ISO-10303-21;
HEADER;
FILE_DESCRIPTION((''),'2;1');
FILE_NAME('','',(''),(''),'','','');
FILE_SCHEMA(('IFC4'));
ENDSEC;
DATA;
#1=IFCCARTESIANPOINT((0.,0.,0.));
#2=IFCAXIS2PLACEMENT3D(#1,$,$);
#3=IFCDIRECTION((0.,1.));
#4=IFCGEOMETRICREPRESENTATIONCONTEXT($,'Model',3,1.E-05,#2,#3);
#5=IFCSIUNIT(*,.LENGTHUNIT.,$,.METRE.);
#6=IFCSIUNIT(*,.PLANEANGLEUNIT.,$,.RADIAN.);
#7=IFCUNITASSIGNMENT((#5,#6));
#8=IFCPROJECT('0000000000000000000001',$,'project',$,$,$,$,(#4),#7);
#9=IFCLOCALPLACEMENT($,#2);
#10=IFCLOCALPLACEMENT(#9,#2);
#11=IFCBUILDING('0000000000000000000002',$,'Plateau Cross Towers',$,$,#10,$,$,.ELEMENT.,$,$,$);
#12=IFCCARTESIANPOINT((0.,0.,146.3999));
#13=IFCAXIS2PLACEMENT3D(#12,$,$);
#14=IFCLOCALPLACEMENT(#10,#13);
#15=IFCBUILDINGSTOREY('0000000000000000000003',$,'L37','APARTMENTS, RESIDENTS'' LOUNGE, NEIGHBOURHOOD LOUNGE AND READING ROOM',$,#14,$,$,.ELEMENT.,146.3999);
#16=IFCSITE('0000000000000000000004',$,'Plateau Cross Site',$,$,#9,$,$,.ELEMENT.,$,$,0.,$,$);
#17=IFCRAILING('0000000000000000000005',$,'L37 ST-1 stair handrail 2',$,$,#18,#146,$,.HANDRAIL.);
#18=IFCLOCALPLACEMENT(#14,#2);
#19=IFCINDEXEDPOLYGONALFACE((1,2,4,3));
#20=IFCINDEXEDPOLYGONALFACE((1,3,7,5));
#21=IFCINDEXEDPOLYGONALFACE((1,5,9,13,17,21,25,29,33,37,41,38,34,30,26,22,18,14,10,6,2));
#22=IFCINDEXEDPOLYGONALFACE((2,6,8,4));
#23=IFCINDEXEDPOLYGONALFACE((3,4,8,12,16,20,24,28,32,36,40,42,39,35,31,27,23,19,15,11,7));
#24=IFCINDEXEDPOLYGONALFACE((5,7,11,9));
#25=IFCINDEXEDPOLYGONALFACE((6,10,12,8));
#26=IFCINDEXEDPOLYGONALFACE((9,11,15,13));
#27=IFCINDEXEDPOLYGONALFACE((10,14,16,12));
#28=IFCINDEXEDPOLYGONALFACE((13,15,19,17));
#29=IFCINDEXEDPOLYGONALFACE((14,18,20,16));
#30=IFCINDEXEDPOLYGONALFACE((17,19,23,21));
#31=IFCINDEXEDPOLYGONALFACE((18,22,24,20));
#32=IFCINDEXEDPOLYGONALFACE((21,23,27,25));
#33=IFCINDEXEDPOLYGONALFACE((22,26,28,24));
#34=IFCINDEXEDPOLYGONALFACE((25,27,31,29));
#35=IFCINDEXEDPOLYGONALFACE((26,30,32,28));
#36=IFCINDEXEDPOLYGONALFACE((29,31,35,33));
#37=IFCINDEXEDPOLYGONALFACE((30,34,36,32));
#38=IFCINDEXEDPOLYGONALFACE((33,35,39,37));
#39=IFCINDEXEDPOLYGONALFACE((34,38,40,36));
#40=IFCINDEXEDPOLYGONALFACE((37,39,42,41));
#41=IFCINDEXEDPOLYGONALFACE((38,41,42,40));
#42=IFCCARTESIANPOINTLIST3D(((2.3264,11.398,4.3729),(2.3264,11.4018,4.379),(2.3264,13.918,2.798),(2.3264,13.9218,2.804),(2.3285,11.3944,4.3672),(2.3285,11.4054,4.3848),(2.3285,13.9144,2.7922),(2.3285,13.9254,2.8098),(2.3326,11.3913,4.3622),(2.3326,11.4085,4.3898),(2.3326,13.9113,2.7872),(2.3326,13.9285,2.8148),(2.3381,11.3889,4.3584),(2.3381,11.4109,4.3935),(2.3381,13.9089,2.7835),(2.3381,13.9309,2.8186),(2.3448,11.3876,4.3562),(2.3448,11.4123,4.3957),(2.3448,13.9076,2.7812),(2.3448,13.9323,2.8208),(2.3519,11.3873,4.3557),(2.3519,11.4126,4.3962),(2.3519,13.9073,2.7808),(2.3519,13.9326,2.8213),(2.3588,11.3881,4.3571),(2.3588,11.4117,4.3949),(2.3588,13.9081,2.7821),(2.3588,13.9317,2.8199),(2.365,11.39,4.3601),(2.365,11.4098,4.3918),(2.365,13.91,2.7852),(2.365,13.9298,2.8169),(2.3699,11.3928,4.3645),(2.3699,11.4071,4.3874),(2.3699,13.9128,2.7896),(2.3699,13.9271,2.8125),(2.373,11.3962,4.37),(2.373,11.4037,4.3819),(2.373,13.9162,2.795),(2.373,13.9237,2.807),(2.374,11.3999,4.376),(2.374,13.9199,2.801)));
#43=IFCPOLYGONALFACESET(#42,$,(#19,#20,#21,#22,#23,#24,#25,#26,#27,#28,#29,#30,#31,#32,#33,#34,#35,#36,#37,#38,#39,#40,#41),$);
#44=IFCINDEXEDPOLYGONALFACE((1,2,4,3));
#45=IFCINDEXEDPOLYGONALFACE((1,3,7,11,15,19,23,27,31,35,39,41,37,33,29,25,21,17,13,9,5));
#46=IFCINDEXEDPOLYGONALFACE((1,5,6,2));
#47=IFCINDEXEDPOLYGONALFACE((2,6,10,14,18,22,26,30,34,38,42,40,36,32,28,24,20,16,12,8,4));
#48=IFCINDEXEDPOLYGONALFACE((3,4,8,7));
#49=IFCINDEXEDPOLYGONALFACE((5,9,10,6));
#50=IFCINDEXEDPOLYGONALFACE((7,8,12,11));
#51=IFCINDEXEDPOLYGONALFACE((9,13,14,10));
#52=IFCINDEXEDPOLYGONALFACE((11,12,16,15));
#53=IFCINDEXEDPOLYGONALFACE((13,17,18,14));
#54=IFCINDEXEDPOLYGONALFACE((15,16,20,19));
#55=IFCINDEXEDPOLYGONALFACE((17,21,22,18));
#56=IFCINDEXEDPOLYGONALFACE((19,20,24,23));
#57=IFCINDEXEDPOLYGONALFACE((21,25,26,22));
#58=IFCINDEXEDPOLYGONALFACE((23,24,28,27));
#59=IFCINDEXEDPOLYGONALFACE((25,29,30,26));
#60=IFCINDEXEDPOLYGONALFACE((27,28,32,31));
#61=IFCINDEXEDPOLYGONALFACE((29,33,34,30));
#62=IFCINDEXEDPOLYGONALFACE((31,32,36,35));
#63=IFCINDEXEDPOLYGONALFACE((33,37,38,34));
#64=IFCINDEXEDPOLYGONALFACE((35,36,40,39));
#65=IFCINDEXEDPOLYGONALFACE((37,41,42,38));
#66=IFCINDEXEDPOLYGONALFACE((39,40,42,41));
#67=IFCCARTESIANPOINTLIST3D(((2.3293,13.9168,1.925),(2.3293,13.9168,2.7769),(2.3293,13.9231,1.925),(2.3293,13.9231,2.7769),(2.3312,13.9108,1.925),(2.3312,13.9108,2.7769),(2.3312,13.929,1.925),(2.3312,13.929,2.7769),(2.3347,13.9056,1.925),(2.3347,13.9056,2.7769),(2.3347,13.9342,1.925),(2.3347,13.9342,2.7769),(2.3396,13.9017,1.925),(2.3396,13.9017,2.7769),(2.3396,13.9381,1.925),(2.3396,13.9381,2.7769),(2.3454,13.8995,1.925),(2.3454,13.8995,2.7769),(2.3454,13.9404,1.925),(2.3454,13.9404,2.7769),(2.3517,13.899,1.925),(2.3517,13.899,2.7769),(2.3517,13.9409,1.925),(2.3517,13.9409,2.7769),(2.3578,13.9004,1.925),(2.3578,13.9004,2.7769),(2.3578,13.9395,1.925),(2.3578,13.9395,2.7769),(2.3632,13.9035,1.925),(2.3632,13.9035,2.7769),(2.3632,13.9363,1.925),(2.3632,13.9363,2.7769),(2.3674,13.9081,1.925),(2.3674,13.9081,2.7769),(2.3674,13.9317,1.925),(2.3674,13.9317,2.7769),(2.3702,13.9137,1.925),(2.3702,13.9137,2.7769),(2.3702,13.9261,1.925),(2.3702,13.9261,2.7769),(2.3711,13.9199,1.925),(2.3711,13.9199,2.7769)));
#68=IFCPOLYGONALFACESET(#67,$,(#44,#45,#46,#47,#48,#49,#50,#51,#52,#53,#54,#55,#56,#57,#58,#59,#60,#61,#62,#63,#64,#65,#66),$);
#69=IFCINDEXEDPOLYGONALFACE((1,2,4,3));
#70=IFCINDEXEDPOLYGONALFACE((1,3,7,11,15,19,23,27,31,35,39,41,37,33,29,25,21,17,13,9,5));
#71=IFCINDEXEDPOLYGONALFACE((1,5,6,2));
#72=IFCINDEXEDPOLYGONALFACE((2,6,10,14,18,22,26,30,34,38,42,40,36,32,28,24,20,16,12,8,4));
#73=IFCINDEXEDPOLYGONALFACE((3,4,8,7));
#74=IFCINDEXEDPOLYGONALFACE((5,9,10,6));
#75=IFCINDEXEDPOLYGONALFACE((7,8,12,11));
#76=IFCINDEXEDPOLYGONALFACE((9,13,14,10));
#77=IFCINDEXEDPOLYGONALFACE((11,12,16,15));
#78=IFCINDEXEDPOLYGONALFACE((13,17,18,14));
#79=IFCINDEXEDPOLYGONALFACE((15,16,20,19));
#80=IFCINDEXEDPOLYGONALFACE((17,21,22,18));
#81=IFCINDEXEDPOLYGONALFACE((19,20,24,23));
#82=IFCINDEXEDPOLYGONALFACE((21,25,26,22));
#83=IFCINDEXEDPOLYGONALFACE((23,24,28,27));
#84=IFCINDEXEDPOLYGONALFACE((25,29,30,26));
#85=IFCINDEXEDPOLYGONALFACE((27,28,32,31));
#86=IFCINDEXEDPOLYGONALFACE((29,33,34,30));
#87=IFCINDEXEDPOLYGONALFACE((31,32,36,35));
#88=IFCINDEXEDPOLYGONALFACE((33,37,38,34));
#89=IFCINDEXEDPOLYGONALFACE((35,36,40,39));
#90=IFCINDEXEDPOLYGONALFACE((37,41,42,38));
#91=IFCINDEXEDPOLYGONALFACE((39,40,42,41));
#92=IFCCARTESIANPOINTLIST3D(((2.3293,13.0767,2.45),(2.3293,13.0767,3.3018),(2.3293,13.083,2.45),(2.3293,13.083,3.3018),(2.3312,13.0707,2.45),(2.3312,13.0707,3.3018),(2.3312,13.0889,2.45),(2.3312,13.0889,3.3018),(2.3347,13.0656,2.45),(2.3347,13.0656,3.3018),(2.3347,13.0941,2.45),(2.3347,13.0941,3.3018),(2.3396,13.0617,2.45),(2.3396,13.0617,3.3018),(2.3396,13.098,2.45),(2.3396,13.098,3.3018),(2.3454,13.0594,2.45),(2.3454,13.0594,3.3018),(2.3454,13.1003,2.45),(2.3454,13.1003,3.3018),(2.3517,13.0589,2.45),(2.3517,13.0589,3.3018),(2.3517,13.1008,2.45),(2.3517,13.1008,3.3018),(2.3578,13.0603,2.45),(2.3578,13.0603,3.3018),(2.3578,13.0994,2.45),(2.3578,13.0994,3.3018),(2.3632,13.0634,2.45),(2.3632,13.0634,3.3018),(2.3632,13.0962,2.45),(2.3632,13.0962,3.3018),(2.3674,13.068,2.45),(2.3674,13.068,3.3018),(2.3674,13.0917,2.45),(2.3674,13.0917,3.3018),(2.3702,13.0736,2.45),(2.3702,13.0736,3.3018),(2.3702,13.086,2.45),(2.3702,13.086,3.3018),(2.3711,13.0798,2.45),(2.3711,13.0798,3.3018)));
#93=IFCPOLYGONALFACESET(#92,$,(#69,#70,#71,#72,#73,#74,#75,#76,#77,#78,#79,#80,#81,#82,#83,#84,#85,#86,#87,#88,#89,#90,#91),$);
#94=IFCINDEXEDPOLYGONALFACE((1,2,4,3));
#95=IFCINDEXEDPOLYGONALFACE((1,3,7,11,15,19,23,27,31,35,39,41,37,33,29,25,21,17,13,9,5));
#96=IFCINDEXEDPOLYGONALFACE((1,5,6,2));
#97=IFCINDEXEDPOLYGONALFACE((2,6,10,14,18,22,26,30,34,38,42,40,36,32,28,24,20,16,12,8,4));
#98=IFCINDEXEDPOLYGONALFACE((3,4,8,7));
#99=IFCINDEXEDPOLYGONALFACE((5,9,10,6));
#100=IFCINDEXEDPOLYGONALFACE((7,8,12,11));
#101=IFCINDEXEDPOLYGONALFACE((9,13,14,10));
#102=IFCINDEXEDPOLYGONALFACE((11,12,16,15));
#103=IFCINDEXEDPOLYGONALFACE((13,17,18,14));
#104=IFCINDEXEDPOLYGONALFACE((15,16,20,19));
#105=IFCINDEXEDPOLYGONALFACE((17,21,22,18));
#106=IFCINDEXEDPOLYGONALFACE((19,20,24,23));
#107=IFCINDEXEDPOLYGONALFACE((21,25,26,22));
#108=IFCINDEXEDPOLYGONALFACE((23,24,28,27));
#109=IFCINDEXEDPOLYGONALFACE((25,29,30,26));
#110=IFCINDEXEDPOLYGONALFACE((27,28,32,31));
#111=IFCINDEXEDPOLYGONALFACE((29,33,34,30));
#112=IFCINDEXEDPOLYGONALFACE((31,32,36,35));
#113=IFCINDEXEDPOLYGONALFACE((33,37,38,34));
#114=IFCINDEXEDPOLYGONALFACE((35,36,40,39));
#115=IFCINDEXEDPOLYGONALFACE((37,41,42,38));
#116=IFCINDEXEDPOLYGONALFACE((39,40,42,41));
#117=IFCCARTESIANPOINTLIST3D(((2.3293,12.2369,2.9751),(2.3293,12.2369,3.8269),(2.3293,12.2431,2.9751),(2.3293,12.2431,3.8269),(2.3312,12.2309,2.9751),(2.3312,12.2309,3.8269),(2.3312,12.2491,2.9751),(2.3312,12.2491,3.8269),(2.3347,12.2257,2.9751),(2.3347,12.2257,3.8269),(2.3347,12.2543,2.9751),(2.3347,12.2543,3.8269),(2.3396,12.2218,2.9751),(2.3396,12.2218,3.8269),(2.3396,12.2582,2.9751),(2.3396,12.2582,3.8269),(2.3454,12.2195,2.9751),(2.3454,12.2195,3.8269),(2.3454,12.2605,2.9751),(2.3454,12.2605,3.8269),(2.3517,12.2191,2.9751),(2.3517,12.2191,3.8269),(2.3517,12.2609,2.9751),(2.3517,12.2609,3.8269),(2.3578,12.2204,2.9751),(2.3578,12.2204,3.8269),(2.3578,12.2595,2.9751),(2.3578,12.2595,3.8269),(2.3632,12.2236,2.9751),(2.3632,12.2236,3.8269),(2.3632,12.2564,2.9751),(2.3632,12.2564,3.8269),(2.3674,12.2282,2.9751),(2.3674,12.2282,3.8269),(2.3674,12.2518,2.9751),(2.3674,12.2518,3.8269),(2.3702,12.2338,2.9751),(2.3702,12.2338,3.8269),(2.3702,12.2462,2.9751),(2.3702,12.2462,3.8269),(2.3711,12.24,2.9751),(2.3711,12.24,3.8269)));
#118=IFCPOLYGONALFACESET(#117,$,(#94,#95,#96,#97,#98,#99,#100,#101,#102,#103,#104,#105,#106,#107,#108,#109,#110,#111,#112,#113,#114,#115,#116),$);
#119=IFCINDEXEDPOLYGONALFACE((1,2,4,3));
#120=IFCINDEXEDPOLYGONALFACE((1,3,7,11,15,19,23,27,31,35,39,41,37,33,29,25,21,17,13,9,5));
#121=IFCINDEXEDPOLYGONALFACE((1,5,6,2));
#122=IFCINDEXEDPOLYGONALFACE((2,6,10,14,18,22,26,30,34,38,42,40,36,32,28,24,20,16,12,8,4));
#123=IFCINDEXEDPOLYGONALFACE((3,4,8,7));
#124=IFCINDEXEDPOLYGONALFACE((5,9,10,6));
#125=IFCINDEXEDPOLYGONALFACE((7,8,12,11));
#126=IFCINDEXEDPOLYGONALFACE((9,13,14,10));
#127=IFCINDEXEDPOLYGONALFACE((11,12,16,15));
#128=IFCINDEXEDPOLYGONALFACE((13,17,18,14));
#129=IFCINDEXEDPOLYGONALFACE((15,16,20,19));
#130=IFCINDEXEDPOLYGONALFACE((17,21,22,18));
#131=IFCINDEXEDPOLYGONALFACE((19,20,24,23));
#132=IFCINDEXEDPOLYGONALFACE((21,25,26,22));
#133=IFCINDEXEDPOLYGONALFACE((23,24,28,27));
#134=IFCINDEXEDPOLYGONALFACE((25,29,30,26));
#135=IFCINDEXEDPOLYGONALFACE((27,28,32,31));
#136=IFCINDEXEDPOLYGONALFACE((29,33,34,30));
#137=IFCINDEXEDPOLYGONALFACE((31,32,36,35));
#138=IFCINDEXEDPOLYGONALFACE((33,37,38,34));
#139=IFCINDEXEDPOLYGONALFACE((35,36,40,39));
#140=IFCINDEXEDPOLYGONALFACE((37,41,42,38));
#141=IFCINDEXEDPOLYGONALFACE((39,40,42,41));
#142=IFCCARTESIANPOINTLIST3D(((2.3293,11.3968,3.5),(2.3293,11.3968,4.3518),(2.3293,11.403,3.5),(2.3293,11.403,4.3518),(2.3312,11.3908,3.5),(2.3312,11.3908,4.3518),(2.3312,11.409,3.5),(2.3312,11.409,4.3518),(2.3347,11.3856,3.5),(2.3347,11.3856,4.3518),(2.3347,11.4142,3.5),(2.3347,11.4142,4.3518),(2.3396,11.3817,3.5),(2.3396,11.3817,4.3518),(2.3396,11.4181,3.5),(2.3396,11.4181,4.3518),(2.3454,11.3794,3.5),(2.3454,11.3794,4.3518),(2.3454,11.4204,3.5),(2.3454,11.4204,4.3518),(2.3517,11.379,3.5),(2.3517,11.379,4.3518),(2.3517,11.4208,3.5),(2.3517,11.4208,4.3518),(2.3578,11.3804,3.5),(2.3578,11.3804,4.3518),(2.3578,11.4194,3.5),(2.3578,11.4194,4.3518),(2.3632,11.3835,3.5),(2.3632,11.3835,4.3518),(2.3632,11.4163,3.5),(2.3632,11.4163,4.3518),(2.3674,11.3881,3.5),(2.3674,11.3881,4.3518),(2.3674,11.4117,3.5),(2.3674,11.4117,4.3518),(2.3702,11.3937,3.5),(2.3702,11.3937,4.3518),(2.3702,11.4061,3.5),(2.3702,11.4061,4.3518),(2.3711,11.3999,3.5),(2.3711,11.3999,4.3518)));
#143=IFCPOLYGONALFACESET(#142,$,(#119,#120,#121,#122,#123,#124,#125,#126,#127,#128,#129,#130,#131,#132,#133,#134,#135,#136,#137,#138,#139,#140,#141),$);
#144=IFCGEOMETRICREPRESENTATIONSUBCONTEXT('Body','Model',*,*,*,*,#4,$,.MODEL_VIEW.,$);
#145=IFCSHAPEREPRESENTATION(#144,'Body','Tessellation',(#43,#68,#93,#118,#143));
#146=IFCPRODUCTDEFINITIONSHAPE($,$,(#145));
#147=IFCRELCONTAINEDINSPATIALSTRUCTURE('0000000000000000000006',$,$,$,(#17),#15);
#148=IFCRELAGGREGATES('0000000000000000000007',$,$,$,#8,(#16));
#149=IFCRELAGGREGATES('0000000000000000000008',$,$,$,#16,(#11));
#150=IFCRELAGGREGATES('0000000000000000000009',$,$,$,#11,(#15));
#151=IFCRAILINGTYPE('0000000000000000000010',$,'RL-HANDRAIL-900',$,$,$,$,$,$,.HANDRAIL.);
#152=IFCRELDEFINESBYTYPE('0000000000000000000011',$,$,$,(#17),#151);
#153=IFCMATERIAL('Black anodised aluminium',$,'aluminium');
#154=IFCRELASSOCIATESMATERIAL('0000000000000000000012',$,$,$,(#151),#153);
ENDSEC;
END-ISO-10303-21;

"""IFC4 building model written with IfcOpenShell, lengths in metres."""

from ifc_helpers import new_model, si_unit, direction, frame, origin, origin_2d, place, context, subcontext, project, spatial, circle, extrude, material, type_object, element, save


model = new_model("IFC4")

# Units and contexts
model_context = context("Model", 3, precision=1e-05, world=origin(), true_north=direction((0.0, 1.0)))
body_context = subcontext(model_context, "Body", "Model", "MODEL_VIEW")
ifc_project = project(units=[si_unit("LENGTHUNIT", "METRE"), si_unit("PLANEANGLEUNIT", "RADIAN")], contexts=[model_context])

# Site, building, storey
site_placement = place(None, origin())
site = spatial("IfcSite", under=ifc_project, at=site_placement, Name="Plateau Cross Site", CompositionType="ELEMENT", RefElevation=0.0)
building_placement = place(site_placement, origin())
building = spatial("IfcBuilding", under=site, at=building_placement, Name="Plateau Cross Towers", CompositionType="ELEMENT")
storey_placement = place(building_placement, frame((0.0, 0.0, 146.3999)))
storey = spatial("IfcBuildingStorey", under=building, at=storey_placement, Name="L37", Description="APARTMENTS, RESIDENTS' LOUNGE, NEIGHBOURHOOD LOUNGE AND READING ROOM", CompositionType="ELEMENT", Elevation=146.3999)

# Shared definitions
ifc_material_1 = material(Name="Black anodised aluminium", Category="aluminium")

# Railing
railing_type_1 = type_object("IfcRailingType", Name="RL-HANDRAIL-900", PredefinedType="HANDRAIL", material=ifc_material_1)
railing_1_placement = place(storey_placement, frame((2.3501, 13.9199, 1.925)))
element("IfcRailing", 1, at=railing_1_placement, inside=storey, type_object=railing_type_1, Name="L37 ST-1 stair handrail 2", PredefinedType="HANDRAIL", context=body_context, shape_type="SweptSolid", body=[
    extrude(circle(Radius=0.0239, at=origin_2d()), frame((0.0, 0.0, 0.876), z_axis=(0.0, -0.848008, 0.529984), x_axis=(1.0, 0.0, 0.0)), (0.0, 0.0, 1.0), 2.9717),
    extrude(circle(Radius=0.021, at=origin_2d()), origin(), (0.0, 0.0, 1.0), 0.8518),
    extrude(circle(Radius=0.021, at=origin_2d()), frame((0.0, -0.8401, 0.5249)), (0.0, 0.0, 1.0), 0.8518),
    extrude(circle(Radius=0.021, at=origin_2d()), frame((0.0, -1.6799, 1.05)), (0.0, 0.0, 1.0), 0.8518),
    extrude(circle(Radius=0.021, at=origin_2d()), frame((0.0, -2.52, 1.575)), (0.0, 0.0, 1.0), 0.8518),
])

save(model, "model.ifc")
